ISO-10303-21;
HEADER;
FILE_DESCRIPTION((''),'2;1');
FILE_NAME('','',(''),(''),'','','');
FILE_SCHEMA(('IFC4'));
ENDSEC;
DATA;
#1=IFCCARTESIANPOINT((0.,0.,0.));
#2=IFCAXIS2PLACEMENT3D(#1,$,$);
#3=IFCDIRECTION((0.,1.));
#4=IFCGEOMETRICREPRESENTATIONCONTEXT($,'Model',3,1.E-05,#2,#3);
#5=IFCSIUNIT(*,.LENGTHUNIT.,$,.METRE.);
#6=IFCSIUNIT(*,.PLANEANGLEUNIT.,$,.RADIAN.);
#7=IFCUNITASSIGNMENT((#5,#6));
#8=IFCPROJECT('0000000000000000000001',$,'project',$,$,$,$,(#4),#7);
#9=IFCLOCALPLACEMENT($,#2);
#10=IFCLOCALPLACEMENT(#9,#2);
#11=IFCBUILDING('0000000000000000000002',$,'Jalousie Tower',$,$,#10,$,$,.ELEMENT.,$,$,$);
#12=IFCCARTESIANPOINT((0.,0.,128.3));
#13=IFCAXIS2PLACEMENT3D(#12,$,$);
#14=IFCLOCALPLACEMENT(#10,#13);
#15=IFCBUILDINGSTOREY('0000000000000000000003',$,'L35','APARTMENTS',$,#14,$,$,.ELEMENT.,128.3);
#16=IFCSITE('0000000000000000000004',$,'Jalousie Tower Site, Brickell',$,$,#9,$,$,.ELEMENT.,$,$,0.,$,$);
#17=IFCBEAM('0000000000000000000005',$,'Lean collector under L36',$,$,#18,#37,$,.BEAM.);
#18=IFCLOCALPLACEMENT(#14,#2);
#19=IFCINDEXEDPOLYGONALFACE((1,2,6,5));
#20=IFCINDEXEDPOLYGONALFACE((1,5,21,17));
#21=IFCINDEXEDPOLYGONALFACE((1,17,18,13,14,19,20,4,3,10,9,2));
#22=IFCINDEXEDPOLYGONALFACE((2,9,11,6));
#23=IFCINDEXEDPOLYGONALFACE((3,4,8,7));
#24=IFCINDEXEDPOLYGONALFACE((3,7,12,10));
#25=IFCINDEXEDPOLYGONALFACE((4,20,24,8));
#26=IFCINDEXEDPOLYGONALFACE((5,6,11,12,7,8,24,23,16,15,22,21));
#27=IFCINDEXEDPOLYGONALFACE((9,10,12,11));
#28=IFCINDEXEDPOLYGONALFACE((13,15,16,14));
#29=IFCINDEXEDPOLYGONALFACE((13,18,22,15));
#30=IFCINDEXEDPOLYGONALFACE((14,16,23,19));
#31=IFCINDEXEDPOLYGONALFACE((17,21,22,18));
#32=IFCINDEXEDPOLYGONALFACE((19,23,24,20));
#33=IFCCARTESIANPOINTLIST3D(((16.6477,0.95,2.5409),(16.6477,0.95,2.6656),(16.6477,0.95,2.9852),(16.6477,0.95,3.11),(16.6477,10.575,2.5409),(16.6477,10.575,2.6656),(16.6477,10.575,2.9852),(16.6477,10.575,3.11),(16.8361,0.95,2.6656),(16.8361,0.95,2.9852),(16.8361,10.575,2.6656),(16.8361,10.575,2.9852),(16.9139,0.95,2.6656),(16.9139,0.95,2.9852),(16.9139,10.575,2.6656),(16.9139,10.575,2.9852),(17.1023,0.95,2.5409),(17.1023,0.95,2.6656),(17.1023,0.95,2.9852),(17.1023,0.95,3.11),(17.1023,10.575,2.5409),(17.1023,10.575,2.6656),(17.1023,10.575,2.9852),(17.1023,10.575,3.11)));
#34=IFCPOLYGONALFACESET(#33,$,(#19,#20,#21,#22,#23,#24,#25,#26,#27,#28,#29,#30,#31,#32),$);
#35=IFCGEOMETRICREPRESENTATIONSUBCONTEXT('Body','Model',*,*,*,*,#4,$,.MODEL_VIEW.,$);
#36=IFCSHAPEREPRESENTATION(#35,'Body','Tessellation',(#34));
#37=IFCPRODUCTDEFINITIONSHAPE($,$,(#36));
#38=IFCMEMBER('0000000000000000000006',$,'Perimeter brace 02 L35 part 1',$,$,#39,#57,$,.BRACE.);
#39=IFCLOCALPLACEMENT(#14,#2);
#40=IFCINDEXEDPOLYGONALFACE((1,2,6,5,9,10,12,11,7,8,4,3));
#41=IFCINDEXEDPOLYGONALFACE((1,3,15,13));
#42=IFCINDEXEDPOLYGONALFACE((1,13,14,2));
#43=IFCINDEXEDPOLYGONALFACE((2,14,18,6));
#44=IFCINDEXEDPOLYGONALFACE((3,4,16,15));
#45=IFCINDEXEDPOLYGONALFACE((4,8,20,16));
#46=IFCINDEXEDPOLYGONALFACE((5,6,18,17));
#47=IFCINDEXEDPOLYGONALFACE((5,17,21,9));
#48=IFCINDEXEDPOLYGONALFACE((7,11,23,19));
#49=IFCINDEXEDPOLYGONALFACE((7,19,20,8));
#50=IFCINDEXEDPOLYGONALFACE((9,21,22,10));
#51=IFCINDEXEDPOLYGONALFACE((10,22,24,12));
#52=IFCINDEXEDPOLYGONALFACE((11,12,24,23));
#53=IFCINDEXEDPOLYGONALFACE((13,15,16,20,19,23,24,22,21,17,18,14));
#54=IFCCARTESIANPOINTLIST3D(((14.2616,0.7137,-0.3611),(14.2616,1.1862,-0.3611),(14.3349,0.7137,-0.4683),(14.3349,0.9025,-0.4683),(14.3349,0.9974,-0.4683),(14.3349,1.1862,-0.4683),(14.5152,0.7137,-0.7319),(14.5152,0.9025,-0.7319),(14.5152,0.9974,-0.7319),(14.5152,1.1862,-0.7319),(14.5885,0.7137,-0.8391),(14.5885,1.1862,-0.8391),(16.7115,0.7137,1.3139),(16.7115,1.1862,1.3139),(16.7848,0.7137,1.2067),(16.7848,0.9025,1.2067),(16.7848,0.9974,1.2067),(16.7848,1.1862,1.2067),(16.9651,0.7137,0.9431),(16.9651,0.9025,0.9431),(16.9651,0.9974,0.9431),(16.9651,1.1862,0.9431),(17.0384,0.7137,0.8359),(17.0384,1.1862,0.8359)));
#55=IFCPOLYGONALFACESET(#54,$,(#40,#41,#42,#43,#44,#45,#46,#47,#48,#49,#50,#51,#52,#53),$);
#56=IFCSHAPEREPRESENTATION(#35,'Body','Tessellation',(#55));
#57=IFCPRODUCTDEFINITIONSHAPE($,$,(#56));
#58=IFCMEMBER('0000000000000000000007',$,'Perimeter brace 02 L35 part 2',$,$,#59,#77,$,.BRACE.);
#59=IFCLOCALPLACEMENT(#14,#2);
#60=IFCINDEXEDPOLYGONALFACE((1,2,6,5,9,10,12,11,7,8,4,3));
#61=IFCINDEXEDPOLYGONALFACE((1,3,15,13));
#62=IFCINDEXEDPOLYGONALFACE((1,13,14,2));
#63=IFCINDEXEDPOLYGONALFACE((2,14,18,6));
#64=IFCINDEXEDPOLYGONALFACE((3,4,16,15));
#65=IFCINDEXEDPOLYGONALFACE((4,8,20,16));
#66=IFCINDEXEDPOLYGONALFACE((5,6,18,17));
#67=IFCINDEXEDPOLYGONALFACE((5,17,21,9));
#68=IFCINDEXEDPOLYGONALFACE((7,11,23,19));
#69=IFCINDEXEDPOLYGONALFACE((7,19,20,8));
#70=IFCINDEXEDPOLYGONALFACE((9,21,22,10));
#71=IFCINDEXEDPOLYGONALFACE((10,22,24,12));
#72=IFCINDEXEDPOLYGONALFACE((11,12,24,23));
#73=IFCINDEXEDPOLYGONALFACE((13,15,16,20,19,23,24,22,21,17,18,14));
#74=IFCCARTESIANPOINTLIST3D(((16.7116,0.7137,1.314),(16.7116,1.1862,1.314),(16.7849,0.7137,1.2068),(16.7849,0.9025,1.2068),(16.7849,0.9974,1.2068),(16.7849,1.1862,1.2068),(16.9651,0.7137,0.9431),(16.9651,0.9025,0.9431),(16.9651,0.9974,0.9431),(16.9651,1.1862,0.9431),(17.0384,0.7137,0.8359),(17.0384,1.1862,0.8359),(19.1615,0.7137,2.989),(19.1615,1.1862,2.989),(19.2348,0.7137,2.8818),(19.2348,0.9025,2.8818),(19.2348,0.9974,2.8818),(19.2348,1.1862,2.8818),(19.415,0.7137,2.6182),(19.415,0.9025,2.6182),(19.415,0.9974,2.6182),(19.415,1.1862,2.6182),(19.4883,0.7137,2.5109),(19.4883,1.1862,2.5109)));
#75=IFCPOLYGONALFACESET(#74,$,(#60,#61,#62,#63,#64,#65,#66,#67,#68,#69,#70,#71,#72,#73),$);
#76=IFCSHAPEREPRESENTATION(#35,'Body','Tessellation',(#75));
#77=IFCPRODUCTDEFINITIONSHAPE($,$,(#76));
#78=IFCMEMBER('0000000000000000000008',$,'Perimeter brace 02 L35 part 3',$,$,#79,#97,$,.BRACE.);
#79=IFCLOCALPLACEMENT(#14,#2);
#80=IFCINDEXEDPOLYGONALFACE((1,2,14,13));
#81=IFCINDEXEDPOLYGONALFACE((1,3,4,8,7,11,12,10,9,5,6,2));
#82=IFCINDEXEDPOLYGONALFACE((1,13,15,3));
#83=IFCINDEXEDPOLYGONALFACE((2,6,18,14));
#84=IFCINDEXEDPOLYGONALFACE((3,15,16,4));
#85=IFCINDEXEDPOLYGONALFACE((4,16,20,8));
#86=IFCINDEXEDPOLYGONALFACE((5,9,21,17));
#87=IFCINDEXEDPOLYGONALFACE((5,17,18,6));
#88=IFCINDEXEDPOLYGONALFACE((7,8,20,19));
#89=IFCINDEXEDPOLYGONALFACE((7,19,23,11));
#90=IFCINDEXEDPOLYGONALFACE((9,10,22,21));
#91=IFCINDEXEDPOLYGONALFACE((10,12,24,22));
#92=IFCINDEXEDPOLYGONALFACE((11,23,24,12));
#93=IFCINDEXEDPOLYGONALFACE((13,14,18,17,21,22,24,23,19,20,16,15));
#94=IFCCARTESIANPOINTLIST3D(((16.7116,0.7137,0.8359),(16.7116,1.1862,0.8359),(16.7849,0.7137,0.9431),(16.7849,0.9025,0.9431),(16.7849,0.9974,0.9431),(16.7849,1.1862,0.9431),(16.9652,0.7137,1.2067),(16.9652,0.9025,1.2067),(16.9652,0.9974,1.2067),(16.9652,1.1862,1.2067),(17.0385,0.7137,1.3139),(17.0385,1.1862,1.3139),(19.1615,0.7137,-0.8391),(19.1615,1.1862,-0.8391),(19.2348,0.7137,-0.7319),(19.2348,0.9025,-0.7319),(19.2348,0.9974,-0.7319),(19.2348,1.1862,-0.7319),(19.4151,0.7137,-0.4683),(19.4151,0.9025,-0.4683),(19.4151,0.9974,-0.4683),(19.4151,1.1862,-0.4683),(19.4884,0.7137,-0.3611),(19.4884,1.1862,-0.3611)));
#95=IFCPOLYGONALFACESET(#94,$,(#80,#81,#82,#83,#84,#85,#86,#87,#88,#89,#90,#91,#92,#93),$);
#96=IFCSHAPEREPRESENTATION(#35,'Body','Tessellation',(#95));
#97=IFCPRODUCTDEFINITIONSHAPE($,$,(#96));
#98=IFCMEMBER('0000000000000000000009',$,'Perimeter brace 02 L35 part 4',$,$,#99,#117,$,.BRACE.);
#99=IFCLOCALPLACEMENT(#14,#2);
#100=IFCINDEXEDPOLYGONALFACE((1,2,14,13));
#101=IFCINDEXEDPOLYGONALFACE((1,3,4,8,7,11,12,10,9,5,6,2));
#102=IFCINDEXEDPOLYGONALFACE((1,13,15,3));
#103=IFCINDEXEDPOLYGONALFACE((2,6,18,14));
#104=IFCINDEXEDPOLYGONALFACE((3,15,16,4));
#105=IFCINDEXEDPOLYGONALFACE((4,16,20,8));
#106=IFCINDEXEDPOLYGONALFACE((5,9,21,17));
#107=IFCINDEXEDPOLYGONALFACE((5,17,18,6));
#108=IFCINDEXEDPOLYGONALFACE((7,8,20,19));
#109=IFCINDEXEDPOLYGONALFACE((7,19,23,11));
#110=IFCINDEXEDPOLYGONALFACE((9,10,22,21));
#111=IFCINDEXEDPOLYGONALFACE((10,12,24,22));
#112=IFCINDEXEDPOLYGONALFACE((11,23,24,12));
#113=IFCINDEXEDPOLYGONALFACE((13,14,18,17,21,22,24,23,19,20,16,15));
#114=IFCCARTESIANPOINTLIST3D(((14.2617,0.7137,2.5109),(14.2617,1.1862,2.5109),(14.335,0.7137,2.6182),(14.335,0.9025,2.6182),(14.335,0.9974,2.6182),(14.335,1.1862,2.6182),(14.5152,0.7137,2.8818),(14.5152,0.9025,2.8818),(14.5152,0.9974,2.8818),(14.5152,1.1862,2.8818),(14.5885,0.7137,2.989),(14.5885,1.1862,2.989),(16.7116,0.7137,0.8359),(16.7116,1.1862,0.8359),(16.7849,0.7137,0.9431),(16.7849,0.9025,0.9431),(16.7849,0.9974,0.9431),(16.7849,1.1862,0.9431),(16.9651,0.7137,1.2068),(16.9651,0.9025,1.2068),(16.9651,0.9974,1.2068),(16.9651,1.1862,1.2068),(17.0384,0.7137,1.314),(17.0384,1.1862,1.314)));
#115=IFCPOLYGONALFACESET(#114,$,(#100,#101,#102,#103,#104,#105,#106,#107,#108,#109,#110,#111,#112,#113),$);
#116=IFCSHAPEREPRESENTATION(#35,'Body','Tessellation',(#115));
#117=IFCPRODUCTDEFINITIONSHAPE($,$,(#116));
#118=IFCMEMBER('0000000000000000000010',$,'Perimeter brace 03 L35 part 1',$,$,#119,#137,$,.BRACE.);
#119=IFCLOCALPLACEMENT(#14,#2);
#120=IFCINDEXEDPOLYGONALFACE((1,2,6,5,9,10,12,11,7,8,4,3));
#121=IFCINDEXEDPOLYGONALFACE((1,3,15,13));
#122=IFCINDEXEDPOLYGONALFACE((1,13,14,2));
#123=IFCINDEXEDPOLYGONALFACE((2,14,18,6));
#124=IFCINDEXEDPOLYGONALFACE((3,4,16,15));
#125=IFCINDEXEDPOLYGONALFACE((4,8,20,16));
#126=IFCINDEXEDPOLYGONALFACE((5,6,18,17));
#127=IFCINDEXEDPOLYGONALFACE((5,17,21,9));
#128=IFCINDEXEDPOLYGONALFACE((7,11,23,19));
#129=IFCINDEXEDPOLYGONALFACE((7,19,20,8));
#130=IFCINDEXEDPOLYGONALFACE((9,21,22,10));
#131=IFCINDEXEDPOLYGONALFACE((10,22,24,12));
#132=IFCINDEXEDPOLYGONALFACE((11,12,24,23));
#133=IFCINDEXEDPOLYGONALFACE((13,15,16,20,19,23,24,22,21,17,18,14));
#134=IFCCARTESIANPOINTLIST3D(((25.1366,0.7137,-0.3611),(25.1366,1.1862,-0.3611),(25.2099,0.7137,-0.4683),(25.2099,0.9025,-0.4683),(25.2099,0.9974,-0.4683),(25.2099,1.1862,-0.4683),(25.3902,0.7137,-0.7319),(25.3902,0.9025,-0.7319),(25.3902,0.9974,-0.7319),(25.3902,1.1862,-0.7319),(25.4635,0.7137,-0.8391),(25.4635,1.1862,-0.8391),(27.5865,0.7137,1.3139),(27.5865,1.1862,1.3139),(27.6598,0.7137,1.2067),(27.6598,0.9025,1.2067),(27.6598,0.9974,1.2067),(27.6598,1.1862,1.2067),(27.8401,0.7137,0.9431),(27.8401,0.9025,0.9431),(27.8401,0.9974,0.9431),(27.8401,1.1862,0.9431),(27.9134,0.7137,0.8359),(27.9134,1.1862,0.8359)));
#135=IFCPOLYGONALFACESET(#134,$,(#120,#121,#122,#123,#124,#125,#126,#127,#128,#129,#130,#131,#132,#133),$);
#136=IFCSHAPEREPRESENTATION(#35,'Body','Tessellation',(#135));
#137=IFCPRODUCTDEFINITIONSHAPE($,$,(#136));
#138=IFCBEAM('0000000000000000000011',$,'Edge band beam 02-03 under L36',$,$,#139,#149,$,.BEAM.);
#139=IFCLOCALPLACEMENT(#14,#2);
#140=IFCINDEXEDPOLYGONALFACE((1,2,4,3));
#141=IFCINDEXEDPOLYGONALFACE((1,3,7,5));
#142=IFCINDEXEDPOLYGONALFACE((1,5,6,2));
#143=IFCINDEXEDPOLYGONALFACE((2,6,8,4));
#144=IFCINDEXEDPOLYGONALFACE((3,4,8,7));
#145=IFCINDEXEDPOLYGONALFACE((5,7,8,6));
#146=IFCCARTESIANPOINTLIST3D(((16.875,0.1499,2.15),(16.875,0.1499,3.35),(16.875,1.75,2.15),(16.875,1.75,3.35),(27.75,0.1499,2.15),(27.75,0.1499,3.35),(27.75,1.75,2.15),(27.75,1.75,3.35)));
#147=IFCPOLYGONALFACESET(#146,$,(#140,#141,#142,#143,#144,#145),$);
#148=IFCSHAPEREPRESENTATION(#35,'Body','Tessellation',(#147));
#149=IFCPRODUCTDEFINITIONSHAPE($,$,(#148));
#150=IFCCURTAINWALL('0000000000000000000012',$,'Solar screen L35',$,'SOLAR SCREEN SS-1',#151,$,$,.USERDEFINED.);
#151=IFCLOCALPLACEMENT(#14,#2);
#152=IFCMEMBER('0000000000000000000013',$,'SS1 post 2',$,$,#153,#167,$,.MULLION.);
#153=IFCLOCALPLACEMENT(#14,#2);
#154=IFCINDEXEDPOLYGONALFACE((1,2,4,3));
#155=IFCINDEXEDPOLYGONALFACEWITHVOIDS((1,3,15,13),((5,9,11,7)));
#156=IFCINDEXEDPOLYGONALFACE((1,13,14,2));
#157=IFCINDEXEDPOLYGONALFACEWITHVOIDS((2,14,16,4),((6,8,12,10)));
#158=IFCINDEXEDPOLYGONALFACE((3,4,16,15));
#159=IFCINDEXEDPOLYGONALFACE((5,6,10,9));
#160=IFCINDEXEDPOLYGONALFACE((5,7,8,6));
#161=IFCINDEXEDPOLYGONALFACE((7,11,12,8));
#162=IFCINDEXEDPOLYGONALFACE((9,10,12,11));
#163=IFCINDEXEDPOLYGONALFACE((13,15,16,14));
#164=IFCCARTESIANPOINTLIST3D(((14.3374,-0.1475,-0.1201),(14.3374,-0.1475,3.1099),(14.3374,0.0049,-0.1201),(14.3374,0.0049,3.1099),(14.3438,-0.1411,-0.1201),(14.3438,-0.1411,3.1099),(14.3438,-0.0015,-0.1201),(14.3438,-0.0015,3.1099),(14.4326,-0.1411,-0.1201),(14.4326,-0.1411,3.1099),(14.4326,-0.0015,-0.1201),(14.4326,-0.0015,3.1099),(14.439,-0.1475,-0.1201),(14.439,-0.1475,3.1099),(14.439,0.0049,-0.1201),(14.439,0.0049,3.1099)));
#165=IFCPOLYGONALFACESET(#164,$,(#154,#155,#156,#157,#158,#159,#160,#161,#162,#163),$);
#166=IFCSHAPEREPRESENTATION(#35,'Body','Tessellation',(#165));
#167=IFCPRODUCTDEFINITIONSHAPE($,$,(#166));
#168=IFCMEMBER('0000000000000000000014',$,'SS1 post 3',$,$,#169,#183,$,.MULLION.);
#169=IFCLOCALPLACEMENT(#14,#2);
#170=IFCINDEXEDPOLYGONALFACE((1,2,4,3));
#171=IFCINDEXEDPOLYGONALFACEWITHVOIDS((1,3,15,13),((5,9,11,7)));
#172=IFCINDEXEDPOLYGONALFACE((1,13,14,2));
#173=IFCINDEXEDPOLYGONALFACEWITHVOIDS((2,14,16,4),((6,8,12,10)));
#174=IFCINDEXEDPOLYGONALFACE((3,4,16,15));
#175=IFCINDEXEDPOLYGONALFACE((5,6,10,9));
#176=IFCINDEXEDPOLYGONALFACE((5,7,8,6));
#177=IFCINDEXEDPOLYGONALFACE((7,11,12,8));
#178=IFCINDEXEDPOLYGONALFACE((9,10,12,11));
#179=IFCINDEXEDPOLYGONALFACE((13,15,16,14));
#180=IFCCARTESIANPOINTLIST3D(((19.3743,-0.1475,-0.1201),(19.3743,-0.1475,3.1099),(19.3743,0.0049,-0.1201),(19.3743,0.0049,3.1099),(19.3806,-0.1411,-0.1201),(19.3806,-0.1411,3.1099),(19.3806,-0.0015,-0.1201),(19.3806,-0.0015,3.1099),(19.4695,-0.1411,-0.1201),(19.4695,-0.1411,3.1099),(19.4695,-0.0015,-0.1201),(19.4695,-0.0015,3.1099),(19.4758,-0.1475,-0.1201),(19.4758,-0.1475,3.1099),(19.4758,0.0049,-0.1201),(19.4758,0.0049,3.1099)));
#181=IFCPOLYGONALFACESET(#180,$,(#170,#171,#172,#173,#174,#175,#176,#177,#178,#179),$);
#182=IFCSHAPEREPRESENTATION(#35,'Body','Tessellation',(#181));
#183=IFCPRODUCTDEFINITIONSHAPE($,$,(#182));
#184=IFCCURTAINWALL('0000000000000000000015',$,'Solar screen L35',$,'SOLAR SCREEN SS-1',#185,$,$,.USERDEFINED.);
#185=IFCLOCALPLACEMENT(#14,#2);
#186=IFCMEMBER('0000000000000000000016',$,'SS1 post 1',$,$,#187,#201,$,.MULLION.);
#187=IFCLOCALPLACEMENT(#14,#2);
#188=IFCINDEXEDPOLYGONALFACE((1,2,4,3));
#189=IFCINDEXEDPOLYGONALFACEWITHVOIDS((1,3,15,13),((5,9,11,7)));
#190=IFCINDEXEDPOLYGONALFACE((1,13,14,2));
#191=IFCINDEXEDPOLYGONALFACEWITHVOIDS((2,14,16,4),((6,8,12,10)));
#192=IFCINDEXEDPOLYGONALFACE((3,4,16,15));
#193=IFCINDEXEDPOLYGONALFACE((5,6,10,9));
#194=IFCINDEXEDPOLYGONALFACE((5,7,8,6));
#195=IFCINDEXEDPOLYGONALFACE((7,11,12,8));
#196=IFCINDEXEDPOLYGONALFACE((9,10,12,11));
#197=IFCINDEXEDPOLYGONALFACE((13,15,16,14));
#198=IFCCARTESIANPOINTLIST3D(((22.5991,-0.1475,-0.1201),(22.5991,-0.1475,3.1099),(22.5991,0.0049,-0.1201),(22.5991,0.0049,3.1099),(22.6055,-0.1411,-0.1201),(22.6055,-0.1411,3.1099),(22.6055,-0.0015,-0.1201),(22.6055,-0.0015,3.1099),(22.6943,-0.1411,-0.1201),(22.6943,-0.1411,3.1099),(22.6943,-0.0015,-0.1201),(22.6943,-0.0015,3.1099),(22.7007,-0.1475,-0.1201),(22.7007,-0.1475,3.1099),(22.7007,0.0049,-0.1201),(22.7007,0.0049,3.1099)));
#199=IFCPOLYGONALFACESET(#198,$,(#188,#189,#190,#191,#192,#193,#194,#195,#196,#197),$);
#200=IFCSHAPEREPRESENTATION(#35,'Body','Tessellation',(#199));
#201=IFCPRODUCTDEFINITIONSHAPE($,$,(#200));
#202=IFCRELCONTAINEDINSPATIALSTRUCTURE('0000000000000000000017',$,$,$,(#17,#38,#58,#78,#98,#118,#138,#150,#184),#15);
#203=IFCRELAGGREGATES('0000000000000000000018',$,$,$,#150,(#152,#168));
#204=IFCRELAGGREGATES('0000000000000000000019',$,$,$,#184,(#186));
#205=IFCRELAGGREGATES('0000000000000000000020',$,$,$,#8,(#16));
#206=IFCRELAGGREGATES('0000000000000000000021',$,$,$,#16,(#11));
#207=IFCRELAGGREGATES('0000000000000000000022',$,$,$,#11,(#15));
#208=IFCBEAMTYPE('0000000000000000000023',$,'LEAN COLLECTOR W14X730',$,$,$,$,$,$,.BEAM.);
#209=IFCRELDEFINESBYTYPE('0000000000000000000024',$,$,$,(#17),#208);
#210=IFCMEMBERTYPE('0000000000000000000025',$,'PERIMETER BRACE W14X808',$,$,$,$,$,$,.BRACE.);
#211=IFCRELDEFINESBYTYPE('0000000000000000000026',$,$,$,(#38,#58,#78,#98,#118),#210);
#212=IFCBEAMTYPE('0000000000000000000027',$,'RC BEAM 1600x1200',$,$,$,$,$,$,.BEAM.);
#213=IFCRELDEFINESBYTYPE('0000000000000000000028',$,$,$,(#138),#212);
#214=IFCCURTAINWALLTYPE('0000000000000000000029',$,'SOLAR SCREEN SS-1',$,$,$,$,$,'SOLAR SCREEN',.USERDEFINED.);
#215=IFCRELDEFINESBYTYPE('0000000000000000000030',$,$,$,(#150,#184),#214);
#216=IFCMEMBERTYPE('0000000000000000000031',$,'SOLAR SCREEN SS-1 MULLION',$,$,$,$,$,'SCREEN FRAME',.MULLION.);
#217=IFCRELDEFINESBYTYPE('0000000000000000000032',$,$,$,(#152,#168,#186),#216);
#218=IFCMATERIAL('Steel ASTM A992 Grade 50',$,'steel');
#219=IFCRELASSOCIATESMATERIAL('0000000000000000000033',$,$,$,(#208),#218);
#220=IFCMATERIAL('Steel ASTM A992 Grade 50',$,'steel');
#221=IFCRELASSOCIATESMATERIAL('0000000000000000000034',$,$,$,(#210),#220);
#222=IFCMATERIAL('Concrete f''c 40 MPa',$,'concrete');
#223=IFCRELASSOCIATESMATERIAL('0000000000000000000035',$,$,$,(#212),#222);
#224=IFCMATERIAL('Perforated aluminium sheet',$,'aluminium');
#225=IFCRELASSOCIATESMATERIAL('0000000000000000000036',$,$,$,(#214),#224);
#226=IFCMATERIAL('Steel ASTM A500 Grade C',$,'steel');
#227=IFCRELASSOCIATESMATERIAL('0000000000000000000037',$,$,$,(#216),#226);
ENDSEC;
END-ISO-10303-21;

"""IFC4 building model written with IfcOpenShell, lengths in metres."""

from ifc_helpers import new_model, si_unit, direction, frame, origin, origin_2d, place, context, subcontext, project, spatial, rectangle, hollow_rectangle, i_section, extrude, material, material_profile, profile_set, type_object, element, aggregate, save


model = new_model("IFC4")

# Units and contexts
model_context = context("Model", 3, precision=1e-05, world=origin(), true_north=direction((0.0, 1.0)))
body_context = subcontext(model_context, "Body", "Model", "MODEL_VIEW")
ifc_project = project(units=[si_unit("LENGTHUNIT", "METRE"), si_unit("PLANEANGLEUNIT", "RADIAN")], contexts=[model_context])

# Site, building, storey
site_placement = place(None, origin())
site = spatial("IfcSite", under=ifc_project, at=site_placement, Name="Jalousie Tower Site, Brickell", CompositionType="ELEMENT", RefElevation=0.0)
building_placement = place(site_placement, origin())
building = spatial("IfcBuilding", under=site, at=building_placement, Name="Jalousie Tower", CompositionType="ELEMENT")
storey_placement = place(building_placement, frame((0.0, 0.0, 128.3)))
storey = spatial("IfcBuildingStorey", under=building, at=storey_placement, Name="L35", Description="APARTMENTS", CompositionType="ELEMENT", Elevation=128.3)

# Beam
ifc_material_1 = material(Name="Steel ASTM A992 Grade 50", Category="steel")
ifc_material_profile_1 = material_profile(ifc_material_1, i_section(OverallWidth=0.4546, OverallDepth=0.5691, WebThickness=0.0779, FlangeThickness=0.1248, at=origin_2d()), Name="W14X730")
ifc_profile_set_1 = profile_set([ifc_material_profile_1], Name="Steel ASTM A992 Grade 50")
beam_type_1 = type_object("IfcBeamType", Name="LEAN COLLECTOR W14X730", PredefinedType="BEAM", material=ifc_profile_set_1)
beam_1_placement = place(storey_placement, frame((16.875, 0.95, 2.8254), z_axis=(0.0, 1.0, 0.0), x_axis=(-1.0, 0.0, 0.0)))
element("IfcBeam", 1, at=beam_1_placement, inside=storey, type_object=beam_type_1, Name="Lean collector under L36", PredefinedType="BEAM", context=body_context, shape_type="SweptSolid", body=[
    extrude(i_section(OverallWidth=0.4546, OverallDepth=0.5691, WebThickness=0.0779, FlangeThickness=0.1248, at=origin_2d()), origin(), (0.0, 0.0, 1.0), 9.625),
])

# Members
ifc_material_2 = material(Name="Steel ASTM A992 Grade 50", Category="steel")
ifc_material_profile_2 = material_profile(ifc_material_2, i_section(OverallWidth=0.4724, OverallDepth=0.5791, WebThickness=0.095, FlangeThickness=0.1299, at=origin_2d()), Name="W14X808")
ifc_profile_set_2 = profile_set([ifc_material_profile_2], Name="Steel ASTM A992 Grade 50")
member_type_1 = type_object("IfcMemberType", Name="PERIMETER BRACE W14X808", PredefinedType="BRACE", material=ifc_profile_set_2)
for number, where, z_axis, x_axis, name in (
    (2, (14.425, 0.95, -0.6001), (0.825501, 0.0, 0.564401), (0.0, 1.0, 0.0), "Perimeter brace 02 L35 part 1"),
    (3, (16.875, 0.95, 1.075), (0.825501, 0.0, 0.564401), (0.0, 1.0, 0.0), "Perimeter brace 02 L35 part 2"),
    (4, (19.325, 0.95, -0.6001), (-0.825501, 0.0, 0.564401), (0.0, -1.0, 0.0), "Perimeter brace 02 L35 part 3"),
    (5, (16.875, 0.95, 1.075), (-0.825501, 0.0, 0.564401), (0.0, -1.0, 0.0), "Perimeter brace 02 L35 part 4"),
    (6, (25.3, 0.95, -0.6001), (0.825501, 0.0, 0.564401), (0.0, 1.0, 0.0), "Perimeter brace 03 L35 part 1"),
):
    element("IfcMember", number, at=place(storey_placement, frame(where, z_axis=z_axis, x_axis=x_axis)), inside=storey, type_object=member_type_1, Name=name, PredefinedType="BRACE", context=body_context, shape_type="SweptSolid", body=[
        extrude(i_section(OverallWidth=0.4724, OverallDepth=0.5791, WebThickness=0.095, FlangeThickness=0.1299, at=origin_2d()), origin(), (0.0, 0.0, 1.0), 2.9678),
    ])

# Beam
ifc_material_3 = material(Name="Concrete f'c 40 MPa", Category="concrete")
ifc_material_profile_3 = material_profile(ifc_material_3, rectangle(XDim=1.6001, YDim=1.2, at=origin_2d()), Name="RC 1600x1200")
ifc_profile_set_3 = profile_set([ifc_material_profile_3], Name="Concrete f'c 40 MPa")
beam_type_2 = type_object("IfcBeamType", Name="RC BEAM 1600x1200", PredefinedType="BEAM", material=ifc_profile_set_3)
beam_2_placement = place(storey_placement, frame((16.875, 0.95, 2.75), z_axis=(1.0, 0.0, 0.0), x_axis=(0.0, 1.0, 0.0)))
element("IfcBeam", 7, at=beam_2_placement, inside=storey, type_object=beam_type_2, Name="Edge band beam 02-03 under L36", PredefinedType="BEAM", context=body_context, shape_type="SweptSolid", body=[
    extrude(rectangle(XDim=1.6001, YDim=1.2, at=origin_2d()), origin(), (0.0, 0.0, 1.0), 10.875),
])

# Curtain walls, members
ifc_material_4 = material(Name="Perforated aluminium sheet", Category="aluminium")
curtain_wall_type = type_object("IfcCurtainWallType", Name="SOLAR SCREEN SS-1", ElementType="SOLAR SCREEN", PredefinedType="USERDEFINED", material=ifc_material_4)
curtain_wall_1_placement = place(storey_placement, origin())
curtain_wall_1 = element("IfcCurtainWall", 8, at=curtain_wall_1_placement, inside=storey, type_object=curtain_wall_type, Name="Solar screen L35", ObjectType="SOLAR SCREEN SS-1", PredefinedType="USERDEFINED")
ifc_material_5 = material(Name="Steel ASTM A500 Grade C", Category="steel")
ifc_material_profile_4 = material_profile(ifc_material_5, hollow_rectangle(XDim=0.1016, YDim=0.1523, WallThickness=0.0063, at=origin_2d()), Name="HSS6X4X1/4")
ifc_profile_set_4 = profile_set([ifc_material_profile_4], Name="Steel ASTM A500 Grade C")
member_type_2 = type_object("IfcMemberType", Name="SOLAR SCREEN SS-1 MULLION", ElementType="SCREEN FRAME", PredefinedType="MULLION", material=ifc_profile_set_4)
member_1_placement = place(storey_placement, frame((14.3882, -0.0713, -0.1201), z_axis=(0.0, 0.0, 1.0), x_axis=(1.0, 0.0, 0.0)))
member_1 = element("IfcMember", 9, at=member_1_placement, type_object=member_type_2, Name="SS1 post 2", PredefinedType="MULLION", context=body_context, shape_type="SweptSolid", body=[
    extrude(hollow_rectangle(XDim=0.1016, YDim=0.1523, WallThickness=0.0063, at=origin_2d()), origin(), (0.0, 0.0, 1.0), 3.23),
])
member_2_placement = place(storey_placement, frame((19.425, -0.0713, -0.1201), z_axis=(0.0, 0.0, 1.0), x_axis=(1.0, 0.0, 0.0)))
member_2 = element("IfcMember", 10, at=member_2_placement, type_object=member_type_2, Name="SS1 post 3", PredefinedType="MULLION", context=body_context, shape_type="SweptSolid", body=[
    extrude(hollow_rectangle(XDim=0.1016, YDim=0.1523, WallThickness=0.0063, at=origin_2d()), origin(), (0.0, 0.0, 1.0), 3.23),
])
curtain_wall_2_placement = place(storey_placement, origin())
curtain_wall_2 = element("IfcCurtainWall", 11, at=curtain_wall_2_placement, inside=storey, type_object=curtain_wall_type, Name="Solar screen L35", ObjectType="SOLAR SCREEN SS-1", PredefinedType="USERDEFINED")
member_3_placement = place(storey_placement, frame((22.6499, -0.0713, -0.1201), z_axis=(0.0, 0.0, 1.0), x_axis=(1.0, 0.0, 0.0)))
member_3 = element("IfcMember", 12, at=member_3_placement, type_object=member_type_2, Name="SS1 post 1", PredefinedType="MULLION", context=body_context, shape_type="SweptSolid", body=[
    extrude(hollow_rectangle(XDim=0.1016, YDim=0.1523, WallThickness=0.0063, at=origin_2d()), origin(), (0.0, 0.0, 1.0), 3.23),
])

aggregate(curtain_wall_1, [member_1, member_2])
aggregate(curtain_wall_2, [member_3])

save(model, "model.ifc")
